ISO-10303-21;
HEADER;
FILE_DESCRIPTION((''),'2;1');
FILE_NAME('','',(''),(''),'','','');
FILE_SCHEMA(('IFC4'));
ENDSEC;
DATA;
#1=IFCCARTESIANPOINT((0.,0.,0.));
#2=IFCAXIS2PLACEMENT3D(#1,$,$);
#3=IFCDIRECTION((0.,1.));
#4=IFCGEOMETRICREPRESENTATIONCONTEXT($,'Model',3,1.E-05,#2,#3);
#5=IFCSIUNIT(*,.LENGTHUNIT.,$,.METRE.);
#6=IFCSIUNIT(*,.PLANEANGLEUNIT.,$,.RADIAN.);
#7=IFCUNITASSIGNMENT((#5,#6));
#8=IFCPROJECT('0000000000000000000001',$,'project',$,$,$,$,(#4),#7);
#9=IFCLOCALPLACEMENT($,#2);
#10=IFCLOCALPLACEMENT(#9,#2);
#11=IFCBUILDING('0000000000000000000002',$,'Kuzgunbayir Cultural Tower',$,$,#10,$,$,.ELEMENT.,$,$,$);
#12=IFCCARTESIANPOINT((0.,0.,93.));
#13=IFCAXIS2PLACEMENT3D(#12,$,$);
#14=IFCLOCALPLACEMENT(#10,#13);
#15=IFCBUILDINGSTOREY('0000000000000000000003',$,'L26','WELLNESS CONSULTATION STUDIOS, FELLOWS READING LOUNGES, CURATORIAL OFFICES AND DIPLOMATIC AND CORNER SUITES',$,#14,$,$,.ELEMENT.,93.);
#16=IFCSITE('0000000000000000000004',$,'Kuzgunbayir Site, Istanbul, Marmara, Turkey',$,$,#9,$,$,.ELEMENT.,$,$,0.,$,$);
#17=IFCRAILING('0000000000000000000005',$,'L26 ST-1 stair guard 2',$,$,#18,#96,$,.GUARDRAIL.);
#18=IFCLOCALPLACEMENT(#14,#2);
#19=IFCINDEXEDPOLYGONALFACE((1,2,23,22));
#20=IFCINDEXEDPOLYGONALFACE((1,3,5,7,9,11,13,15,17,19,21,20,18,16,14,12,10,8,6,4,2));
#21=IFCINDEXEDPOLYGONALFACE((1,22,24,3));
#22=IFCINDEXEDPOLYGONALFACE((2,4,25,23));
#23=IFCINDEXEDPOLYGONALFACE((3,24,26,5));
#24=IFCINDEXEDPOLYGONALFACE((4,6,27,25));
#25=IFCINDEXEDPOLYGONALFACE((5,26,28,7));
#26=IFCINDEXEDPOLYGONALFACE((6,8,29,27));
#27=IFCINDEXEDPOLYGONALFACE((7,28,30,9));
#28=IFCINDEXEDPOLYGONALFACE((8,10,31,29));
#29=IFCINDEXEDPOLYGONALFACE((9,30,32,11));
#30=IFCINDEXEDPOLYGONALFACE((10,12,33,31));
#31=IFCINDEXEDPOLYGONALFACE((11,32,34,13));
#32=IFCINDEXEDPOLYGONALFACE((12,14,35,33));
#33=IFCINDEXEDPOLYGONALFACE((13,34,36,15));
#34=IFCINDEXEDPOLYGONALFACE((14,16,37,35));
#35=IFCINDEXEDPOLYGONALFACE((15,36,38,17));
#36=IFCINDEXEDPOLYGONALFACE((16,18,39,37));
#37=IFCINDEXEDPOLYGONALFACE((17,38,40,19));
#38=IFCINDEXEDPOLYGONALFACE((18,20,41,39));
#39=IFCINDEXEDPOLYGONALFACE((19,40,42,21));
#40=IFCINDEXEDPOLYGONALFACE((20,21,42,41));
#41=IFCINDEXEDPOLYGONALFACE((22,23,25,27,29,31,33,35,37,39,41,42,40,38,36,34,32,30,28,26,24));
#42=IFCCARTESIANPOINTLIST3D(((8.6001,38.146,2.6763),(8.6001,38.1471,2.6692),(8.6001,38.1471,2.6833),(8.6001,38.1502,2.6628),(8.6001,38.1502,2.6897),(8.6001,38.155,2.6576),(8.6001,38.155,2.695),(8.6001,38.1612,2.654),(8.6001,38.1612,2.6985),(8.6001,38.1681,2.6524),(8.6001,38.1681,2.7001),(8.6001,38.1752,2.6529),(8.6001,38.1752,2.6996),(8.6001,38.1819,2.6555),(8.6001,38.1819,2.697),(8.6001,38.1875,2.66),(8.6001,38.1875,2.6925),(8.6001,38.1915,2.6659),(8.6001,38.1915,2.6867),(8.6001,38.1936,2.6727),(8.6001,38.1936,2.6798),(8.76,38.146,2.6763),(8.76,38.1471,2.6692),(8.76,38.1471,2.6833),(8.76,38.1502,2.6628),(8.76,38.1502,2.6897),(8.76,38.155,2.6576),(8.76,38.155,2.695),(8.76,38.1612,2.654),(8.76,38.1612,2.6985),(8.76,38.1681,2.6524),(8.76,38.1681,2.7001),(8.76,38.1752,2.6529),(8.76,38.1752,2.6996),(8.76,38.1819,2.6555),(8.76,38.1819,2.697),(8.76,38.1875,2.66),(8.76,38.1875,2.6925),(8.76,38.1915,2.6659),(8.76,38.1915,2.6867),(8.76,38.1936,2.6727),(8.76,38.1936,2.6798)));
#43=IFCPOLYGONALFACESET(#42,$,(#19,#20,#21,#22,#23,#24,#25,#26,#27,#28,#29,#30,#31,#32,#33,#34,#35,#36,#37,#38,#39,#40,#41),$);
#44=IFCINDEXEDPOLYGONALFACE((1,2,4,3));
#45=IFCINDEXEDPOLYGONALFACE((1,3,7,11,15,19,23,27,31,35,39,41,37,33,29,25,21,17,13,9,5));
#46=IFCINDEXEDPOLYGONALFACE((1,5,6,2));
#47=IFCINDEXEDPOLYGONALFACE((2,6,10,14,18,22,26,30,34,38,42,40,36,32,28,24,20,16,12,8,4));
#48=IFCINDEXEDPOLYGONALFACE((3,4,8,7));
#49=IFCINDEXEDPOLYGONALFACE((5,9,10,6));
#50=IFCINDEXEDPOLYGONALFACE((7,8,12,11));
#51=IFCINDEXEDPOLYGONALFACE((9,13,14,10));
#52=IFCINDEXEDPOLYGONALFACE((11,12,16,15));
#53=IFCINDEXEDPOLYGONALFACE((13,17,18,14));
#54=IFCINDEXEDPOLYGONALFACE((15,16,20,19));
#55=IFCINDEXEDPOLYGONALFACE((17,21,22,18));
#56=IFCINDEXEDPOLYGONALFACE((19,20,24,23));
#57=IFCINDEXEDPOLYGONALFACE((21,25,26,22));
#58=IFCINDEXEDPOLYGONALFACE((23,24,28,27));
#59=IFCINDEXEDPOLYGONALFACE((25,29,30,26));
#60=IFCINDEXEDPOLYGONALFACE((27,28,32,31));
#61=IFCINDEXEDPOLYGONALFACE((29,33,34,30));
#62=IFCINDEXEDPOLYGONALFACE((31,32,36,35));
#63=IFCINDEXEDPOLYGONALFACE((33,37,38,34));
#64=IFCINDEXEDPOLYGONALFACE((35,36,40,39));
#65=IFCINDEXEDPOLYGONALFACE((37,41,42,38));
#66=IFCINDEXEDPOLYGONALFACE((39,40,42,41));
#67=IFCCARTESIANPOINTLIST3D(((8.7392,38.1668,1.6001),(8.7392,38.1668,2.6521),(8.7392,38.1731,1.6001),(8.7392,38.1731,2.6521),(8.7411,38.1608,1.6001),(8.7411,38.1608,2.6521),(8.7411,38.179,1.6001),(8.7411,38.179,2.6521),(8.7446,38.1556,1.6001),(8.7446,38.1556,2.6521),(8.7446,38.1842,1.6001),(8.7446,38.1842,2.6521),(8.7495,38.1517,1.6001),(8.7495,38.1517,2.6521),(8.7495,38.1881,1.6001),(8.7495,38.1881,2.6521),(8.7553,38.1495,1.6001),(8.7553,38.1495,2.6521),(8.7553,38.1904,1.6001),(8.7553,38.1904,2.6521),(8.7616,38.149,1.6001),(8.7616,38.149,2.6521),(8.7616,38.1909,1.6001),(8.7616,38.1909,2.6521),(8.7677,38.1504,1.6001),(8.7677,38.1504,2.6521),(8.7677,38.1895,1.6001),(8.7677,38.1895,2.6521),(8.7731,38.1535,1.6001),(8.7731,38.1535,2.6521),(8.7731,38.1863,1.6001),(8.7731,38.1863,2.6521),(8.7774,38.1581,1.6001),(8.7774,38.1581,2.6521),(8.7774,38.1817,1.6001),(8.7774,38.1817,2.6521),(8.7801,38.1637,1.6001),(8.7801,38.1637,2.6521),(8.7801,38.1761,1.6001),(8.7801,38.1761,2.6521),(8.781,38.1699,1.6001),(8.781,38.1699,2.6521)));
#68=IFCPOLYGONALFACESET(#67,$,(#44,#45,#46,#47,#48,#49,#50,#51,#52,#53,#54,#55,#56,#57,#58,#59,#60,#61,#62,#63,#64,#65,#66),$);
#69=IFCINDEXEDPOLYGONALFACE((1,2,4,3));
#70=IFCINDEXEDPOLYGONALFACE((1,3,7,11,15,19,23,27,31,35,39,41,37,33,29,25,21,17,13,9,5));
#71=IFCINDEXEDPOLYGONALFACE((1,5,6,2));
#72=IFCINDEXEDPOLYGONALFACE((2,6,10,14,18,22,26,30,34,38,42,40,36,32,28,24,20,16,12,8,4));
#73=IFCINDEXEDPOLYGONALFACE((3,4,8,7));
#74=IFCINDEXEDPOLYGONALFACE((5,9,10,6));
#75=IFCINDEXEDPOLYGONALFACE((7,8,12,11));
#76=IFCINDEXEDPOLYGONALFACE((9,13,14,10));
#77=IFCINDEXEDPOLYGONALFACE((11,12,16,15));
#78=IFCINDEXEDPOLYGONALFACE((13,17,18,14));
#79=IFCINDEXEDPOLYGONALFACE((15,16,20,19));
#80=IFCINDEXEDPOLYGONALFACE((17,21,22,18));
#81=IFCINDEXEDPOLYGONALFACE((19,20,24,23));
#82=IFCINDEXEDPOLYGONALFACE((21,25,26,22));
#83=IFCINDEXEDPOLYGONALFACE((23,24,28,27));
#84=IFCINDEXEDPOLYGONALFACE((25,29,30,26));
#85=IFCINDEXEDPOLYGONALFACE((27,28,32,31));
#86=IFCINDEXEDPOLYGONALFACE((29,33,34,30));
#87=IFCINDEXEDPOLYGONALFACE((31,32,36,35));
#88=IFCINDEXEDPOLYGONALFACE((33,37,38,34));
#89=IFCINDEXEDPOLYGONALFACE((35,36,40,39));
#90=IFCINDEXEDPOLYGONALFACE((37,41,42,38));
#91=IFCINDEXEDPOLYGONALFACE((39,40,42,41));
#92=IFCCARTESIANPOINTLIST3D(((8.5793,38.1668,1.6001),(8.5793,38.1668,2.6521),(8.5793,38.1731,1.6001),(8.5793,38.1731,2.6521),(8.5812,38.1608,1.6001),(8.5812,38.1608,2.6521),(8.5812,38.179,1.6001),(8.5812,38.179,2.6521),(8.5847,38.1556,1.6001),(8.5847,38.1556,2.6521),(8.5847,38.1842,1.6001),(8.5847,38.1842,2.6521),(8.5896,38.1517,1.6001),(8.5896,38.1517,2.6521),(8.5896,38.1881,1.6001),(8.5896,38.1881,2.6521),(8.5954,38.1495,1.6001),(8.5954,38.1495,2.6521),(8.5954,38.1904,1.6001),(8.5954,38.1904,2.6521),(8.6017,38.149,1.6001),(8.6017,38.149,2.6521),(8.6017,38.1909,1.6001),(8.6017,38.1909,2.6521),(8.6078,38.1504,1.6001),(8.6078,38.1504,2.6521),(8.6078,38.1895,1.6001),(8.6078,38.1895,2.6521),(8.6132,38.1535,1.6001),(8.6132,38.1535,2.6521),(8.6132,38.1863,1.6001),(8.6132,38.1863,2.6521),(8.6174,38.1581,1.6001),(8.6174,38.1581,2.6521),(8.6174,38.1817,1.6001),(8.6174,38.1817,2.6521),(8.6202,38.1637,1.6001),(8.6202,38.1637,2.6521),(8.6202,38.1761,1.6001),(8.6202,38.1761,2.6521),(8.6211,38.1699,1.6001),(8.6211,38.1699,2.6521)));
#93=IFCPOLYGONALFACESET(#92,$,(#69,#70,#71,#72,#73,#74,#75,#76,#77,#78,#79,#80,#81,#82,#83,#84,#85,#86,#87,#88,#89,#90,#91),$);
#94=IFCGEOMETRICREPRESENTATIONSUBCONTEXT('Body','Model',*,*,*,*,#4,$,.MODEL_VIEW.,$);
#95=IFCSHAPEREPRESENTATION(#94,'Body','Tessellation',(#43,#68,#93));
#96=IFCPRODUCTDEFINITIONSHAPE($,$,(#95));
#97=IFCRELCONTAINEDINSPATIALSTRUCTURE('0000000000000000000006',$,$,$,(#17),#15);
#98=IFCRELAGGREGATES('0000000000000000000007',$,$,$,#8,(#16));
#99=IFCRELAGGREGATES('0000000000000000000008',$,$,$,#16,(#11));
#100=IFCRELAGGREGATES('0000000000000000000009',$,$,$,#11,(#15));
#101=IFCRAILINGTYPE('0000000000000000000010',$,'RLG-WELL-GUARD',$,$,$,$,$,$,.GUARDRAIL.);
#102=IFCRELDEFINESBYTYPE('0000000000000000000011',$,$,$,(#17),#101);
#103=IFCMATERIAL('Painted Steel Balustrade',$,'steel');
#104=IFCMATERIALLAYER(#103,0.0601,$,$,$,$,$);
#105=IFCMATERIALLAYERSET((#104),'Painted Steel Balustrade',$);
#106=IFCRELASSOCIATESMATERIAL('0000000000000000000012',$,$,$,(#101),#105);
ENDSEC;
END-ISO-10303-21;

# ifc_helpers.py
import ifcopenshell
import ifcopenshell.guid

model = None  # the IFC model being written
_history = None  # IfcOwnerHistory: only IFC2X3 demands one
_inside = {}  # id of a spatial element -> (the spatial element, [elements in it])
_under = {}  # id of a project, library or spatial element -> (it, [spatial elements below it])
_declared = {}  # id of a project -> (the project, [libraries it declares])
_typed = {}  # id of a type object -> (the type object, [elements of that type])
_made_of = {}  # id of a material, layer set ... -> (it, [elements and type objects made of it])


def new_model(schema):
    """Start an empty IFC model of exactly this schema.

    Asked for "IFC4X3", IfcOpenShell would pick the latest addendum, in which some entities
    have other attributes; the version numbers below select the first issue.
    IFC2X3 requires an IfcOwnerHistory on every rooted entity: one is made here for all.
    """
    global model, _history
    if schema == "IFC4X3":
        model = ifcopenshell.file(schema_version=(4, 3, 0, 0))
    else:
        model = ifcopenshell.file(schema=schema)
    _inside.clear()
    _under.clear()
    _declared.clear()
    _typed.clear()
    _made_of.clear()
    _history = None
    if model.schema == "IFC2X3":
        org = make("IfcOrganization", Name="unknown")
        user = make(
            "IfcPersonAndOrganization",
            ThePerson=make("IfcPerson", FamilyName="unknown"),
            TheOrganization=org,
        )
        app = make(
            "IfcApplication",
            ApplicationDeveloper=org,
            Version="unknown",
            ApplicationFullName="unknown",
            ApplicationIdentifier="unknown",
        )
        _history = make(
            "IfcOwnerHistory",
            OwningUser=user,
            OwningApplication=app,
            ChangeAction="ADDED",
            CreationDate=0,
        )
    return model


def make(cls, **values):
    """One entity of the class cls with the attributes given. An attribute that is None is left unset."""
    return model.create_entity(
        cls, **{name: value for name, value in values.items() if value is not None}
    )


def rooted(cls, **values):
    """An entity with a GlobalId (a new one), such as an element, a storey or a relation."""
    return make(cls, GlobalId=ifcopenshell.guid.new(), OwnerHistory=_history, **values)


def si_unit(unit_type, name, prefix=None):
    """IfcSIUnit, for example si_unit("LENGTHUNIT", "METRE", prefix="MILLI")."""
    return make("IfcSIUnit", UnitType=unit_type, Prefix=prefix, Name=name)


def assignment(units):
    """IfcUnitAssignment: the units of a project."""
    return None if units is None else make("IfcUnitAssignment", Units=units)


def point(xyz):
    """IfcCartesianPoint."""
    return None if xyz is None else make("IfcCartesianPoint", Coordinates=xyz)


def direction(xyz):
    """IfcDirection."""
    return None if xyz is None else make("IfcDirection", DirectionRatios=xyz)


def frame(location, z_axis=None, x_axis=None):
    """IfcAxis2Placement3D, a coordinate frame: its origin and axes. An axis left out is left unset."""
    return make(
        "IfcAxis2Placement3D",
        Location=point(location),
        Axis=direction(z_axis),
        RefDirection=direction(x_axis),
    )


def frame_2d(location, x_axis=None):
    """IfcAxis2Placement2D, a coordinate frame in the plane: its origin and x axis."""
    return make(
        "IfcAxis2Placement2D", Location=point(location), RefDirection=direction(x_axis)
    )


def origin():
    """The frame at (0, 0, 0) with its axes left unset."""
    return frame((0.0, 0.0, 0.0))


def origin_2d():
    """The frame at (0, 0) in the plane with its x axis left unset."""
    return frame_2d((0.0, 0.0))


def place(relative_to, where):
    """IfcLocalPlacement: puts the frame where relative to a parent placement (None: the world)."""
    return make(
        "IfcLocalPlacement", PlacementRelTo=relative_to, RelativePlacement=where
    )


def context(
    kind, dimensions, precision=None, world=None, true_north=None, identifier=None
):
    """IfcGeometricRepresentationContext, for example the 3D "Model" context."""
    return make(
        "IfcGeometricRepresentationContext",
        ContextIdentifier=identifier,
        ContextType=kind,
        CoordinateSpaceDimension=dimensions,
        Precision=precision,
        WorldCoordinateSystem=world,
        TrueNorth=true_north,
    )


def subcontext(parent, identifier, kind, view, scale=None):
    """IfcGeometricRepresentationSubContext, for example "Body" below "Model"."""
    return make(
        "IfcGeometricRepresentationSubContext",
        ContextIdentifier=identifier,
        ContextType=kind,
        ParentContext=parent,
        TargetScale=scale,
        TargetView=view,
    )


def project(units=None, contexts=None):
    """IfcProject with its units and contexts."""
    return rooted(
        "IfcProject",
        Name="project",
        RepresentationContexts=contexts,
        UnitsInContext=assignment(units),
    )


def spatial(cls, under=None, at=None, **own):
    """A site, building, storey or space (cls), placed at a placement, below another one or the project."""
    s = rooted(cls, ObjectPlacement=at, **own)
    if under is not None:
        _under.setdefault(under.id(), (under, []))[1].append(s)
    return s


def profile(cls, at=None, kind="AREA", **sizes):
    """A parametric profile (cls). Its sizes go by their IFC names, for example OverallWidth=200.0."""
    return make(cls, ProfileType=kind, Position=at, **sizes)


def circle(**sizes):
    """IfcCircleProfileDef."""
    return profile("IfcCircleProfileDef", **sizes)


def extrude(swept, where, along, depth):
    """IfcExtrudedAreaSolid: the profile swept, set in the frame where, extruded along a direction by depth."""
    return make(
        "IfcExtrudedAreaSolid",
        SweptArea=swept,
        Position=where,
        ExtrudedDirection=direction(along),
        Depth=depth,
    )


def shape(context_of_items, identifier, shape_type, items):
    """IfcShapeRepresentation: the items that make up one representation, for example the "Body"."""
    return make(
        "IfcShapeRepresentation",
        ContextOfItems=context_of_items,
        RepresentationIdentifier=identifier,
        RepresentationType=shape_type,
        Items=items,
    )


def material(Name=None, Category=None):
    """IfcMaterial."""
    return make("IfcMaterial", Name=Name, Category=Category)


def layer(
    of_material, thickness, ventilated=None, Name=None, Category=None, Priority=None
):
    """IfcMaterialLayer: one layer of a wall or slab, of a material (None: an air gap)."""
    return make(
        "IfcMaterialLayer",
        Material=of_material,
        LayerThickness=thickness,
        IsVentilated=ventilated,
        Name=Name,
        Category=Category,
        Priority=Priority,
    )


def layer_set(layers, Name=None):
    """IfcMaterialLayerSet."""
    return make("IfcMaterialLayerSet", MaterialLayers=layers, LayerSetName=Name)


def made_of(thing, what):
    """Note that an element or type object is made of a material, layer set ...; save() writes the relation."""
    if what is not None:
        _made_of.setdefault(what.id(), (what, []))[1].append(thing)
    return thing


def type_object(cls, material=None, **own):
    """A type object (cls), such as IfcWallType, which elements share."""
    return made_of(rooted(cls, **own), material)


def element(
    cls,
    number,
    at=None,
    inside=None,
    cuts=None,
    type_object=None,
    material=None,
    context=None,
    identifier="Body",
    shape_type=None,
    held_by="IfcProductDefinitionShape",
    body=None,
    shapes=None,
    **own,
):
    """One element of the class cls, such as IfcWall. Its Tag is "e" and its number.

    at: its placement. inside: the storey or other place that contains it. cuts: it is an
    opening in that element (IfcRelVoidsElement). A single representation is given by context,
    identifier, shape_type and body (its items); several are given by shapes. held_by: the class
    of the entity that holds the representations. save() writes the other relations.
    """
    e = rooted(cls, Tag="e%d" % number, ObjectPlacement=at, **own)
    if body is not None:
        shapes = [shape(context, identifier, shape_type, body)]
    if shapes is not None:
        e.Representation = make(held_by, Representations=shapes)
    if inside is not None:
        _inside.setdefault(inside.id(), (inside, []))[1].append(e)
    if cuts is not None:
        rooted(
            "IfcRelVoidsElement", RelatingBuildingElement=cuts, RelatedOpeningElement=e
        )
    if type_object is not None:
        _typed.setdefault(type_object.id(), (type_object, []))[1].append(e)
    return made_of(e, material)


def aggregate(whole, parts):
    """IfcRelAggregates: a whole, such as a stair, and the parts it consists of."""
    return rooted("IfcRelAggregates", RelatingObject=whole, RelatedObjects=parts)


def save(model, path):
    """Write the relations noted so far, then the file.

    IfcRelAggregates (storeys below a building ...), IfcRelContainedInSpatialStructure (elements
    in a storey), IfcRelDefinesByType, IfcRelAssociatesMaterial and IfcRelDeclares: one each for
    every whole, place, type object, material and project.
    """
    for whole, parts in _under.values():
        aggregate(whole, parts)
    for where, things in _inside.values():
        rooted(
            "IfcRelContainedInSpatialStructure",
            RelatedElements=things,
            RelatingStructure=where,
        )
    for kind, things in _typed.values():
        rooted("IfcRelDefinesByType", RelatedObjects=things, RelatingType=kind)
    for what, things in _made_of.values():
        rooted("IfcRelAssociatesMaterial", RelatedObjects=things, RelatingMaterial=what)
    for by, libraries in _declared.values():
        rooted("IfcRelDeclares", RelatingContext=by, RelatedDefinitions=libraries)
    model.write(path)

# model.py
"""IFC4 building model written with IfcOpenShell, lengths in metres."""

from ifc_helpers import new_model, si_unit, direction, frame, origin, origin_2d, place, context, subcontext, project, spatial, circle, extrude, material, layer, layer_set, type_object, element, save


model = new_model("IFC4")

# Units and contexts
model_context = context("Model", 3, precision=1e-05, world=origin(), true_north=direction((0.0, 1.0)))
body_context = subcontext(model_context, "Body", "Model", "MODEL_VIEW")
ifc_project = project(units=[si_unit("LENGTHUNIT", "METRE"), si_unit("PLANEANGLEUNIT", "RADIAN")], contexts=[model_context])

# Site, building, storey
site_placement = place(None, origin())
site = spatial("IfcSite", under=ifc_project, at=site_placement, Name="Kuzgunbayir Site, Istanbul, Marmara, Turkey", CompositionType="ELEMENT", RefElevation=0.0)
building_placement = place(site_placement, origin())
building = spatial("IfcBuilding", under=site, at=building_placement, Name="Kuzgunbayir Cultural Tower", CompositionType="ELEMENT")
storey_placement = place(building_placement, frame((0.0, 0.0, 93.0)))
storey = spatial("IfcBuildingStorey", under=building, at=storey_placement, Name="L26", Description="WELLNESS CONSULTATION STUDIOS, FELLOWS READING LOUNGES, CURATORIAL OFFICES AND DIPLOMATIC AND CORNER SUITES", CompositionType="ELEMENT", Elevation=93.0)

# Railing
ifc_material_1 = material(Name="Painted Steel Balustrade", Category="steel")
ifc_layer_1 = layer(ifc_material_1, 0.0601)
ifc_layer_set_1 = layer_set([ifc_layer_1], Name="Painted Steel Balustrade")
railing_type_1 = type_object("IfcRailingType", Name="RLG-WELL-GUARD", PredefinedType="GUARDRAIL", material=ifc_layer_set_1)
railing_1_placement = place(storey_placement, frame((8.76, 38.1699, 1.6001)))
element("IfcRailing", 1, at=railing_1_placement, inside=storey, type_object=railing_type_1, Name="L26 ST-1 stair guard 2", PredefinedType="GUARDRAIL", context=body_context, shape_type="SweptSolid", body=[
    extrude(circle(Radius=0.0239, at=origin_2d()), frame((0.0, 0.0, 1.0762), z_axis=(-1.0, 0.0, 0.0), x_axis=(0.0, -1.0, 0.0)), (0.0, 0.0, 1.0), 0.1599),
    extrude(circle(Radius=0.021, at=origin_2d()), origin(), (0.0, 0.0, 1.0), 1.052),
    extrude(circle(Radius=0.021, at=origin_2d()), frame((-0.1599, 0.0, 0.0)), (0.0, 0.0, 1.0), 1.052),
])

save(model, "model.ifc")
